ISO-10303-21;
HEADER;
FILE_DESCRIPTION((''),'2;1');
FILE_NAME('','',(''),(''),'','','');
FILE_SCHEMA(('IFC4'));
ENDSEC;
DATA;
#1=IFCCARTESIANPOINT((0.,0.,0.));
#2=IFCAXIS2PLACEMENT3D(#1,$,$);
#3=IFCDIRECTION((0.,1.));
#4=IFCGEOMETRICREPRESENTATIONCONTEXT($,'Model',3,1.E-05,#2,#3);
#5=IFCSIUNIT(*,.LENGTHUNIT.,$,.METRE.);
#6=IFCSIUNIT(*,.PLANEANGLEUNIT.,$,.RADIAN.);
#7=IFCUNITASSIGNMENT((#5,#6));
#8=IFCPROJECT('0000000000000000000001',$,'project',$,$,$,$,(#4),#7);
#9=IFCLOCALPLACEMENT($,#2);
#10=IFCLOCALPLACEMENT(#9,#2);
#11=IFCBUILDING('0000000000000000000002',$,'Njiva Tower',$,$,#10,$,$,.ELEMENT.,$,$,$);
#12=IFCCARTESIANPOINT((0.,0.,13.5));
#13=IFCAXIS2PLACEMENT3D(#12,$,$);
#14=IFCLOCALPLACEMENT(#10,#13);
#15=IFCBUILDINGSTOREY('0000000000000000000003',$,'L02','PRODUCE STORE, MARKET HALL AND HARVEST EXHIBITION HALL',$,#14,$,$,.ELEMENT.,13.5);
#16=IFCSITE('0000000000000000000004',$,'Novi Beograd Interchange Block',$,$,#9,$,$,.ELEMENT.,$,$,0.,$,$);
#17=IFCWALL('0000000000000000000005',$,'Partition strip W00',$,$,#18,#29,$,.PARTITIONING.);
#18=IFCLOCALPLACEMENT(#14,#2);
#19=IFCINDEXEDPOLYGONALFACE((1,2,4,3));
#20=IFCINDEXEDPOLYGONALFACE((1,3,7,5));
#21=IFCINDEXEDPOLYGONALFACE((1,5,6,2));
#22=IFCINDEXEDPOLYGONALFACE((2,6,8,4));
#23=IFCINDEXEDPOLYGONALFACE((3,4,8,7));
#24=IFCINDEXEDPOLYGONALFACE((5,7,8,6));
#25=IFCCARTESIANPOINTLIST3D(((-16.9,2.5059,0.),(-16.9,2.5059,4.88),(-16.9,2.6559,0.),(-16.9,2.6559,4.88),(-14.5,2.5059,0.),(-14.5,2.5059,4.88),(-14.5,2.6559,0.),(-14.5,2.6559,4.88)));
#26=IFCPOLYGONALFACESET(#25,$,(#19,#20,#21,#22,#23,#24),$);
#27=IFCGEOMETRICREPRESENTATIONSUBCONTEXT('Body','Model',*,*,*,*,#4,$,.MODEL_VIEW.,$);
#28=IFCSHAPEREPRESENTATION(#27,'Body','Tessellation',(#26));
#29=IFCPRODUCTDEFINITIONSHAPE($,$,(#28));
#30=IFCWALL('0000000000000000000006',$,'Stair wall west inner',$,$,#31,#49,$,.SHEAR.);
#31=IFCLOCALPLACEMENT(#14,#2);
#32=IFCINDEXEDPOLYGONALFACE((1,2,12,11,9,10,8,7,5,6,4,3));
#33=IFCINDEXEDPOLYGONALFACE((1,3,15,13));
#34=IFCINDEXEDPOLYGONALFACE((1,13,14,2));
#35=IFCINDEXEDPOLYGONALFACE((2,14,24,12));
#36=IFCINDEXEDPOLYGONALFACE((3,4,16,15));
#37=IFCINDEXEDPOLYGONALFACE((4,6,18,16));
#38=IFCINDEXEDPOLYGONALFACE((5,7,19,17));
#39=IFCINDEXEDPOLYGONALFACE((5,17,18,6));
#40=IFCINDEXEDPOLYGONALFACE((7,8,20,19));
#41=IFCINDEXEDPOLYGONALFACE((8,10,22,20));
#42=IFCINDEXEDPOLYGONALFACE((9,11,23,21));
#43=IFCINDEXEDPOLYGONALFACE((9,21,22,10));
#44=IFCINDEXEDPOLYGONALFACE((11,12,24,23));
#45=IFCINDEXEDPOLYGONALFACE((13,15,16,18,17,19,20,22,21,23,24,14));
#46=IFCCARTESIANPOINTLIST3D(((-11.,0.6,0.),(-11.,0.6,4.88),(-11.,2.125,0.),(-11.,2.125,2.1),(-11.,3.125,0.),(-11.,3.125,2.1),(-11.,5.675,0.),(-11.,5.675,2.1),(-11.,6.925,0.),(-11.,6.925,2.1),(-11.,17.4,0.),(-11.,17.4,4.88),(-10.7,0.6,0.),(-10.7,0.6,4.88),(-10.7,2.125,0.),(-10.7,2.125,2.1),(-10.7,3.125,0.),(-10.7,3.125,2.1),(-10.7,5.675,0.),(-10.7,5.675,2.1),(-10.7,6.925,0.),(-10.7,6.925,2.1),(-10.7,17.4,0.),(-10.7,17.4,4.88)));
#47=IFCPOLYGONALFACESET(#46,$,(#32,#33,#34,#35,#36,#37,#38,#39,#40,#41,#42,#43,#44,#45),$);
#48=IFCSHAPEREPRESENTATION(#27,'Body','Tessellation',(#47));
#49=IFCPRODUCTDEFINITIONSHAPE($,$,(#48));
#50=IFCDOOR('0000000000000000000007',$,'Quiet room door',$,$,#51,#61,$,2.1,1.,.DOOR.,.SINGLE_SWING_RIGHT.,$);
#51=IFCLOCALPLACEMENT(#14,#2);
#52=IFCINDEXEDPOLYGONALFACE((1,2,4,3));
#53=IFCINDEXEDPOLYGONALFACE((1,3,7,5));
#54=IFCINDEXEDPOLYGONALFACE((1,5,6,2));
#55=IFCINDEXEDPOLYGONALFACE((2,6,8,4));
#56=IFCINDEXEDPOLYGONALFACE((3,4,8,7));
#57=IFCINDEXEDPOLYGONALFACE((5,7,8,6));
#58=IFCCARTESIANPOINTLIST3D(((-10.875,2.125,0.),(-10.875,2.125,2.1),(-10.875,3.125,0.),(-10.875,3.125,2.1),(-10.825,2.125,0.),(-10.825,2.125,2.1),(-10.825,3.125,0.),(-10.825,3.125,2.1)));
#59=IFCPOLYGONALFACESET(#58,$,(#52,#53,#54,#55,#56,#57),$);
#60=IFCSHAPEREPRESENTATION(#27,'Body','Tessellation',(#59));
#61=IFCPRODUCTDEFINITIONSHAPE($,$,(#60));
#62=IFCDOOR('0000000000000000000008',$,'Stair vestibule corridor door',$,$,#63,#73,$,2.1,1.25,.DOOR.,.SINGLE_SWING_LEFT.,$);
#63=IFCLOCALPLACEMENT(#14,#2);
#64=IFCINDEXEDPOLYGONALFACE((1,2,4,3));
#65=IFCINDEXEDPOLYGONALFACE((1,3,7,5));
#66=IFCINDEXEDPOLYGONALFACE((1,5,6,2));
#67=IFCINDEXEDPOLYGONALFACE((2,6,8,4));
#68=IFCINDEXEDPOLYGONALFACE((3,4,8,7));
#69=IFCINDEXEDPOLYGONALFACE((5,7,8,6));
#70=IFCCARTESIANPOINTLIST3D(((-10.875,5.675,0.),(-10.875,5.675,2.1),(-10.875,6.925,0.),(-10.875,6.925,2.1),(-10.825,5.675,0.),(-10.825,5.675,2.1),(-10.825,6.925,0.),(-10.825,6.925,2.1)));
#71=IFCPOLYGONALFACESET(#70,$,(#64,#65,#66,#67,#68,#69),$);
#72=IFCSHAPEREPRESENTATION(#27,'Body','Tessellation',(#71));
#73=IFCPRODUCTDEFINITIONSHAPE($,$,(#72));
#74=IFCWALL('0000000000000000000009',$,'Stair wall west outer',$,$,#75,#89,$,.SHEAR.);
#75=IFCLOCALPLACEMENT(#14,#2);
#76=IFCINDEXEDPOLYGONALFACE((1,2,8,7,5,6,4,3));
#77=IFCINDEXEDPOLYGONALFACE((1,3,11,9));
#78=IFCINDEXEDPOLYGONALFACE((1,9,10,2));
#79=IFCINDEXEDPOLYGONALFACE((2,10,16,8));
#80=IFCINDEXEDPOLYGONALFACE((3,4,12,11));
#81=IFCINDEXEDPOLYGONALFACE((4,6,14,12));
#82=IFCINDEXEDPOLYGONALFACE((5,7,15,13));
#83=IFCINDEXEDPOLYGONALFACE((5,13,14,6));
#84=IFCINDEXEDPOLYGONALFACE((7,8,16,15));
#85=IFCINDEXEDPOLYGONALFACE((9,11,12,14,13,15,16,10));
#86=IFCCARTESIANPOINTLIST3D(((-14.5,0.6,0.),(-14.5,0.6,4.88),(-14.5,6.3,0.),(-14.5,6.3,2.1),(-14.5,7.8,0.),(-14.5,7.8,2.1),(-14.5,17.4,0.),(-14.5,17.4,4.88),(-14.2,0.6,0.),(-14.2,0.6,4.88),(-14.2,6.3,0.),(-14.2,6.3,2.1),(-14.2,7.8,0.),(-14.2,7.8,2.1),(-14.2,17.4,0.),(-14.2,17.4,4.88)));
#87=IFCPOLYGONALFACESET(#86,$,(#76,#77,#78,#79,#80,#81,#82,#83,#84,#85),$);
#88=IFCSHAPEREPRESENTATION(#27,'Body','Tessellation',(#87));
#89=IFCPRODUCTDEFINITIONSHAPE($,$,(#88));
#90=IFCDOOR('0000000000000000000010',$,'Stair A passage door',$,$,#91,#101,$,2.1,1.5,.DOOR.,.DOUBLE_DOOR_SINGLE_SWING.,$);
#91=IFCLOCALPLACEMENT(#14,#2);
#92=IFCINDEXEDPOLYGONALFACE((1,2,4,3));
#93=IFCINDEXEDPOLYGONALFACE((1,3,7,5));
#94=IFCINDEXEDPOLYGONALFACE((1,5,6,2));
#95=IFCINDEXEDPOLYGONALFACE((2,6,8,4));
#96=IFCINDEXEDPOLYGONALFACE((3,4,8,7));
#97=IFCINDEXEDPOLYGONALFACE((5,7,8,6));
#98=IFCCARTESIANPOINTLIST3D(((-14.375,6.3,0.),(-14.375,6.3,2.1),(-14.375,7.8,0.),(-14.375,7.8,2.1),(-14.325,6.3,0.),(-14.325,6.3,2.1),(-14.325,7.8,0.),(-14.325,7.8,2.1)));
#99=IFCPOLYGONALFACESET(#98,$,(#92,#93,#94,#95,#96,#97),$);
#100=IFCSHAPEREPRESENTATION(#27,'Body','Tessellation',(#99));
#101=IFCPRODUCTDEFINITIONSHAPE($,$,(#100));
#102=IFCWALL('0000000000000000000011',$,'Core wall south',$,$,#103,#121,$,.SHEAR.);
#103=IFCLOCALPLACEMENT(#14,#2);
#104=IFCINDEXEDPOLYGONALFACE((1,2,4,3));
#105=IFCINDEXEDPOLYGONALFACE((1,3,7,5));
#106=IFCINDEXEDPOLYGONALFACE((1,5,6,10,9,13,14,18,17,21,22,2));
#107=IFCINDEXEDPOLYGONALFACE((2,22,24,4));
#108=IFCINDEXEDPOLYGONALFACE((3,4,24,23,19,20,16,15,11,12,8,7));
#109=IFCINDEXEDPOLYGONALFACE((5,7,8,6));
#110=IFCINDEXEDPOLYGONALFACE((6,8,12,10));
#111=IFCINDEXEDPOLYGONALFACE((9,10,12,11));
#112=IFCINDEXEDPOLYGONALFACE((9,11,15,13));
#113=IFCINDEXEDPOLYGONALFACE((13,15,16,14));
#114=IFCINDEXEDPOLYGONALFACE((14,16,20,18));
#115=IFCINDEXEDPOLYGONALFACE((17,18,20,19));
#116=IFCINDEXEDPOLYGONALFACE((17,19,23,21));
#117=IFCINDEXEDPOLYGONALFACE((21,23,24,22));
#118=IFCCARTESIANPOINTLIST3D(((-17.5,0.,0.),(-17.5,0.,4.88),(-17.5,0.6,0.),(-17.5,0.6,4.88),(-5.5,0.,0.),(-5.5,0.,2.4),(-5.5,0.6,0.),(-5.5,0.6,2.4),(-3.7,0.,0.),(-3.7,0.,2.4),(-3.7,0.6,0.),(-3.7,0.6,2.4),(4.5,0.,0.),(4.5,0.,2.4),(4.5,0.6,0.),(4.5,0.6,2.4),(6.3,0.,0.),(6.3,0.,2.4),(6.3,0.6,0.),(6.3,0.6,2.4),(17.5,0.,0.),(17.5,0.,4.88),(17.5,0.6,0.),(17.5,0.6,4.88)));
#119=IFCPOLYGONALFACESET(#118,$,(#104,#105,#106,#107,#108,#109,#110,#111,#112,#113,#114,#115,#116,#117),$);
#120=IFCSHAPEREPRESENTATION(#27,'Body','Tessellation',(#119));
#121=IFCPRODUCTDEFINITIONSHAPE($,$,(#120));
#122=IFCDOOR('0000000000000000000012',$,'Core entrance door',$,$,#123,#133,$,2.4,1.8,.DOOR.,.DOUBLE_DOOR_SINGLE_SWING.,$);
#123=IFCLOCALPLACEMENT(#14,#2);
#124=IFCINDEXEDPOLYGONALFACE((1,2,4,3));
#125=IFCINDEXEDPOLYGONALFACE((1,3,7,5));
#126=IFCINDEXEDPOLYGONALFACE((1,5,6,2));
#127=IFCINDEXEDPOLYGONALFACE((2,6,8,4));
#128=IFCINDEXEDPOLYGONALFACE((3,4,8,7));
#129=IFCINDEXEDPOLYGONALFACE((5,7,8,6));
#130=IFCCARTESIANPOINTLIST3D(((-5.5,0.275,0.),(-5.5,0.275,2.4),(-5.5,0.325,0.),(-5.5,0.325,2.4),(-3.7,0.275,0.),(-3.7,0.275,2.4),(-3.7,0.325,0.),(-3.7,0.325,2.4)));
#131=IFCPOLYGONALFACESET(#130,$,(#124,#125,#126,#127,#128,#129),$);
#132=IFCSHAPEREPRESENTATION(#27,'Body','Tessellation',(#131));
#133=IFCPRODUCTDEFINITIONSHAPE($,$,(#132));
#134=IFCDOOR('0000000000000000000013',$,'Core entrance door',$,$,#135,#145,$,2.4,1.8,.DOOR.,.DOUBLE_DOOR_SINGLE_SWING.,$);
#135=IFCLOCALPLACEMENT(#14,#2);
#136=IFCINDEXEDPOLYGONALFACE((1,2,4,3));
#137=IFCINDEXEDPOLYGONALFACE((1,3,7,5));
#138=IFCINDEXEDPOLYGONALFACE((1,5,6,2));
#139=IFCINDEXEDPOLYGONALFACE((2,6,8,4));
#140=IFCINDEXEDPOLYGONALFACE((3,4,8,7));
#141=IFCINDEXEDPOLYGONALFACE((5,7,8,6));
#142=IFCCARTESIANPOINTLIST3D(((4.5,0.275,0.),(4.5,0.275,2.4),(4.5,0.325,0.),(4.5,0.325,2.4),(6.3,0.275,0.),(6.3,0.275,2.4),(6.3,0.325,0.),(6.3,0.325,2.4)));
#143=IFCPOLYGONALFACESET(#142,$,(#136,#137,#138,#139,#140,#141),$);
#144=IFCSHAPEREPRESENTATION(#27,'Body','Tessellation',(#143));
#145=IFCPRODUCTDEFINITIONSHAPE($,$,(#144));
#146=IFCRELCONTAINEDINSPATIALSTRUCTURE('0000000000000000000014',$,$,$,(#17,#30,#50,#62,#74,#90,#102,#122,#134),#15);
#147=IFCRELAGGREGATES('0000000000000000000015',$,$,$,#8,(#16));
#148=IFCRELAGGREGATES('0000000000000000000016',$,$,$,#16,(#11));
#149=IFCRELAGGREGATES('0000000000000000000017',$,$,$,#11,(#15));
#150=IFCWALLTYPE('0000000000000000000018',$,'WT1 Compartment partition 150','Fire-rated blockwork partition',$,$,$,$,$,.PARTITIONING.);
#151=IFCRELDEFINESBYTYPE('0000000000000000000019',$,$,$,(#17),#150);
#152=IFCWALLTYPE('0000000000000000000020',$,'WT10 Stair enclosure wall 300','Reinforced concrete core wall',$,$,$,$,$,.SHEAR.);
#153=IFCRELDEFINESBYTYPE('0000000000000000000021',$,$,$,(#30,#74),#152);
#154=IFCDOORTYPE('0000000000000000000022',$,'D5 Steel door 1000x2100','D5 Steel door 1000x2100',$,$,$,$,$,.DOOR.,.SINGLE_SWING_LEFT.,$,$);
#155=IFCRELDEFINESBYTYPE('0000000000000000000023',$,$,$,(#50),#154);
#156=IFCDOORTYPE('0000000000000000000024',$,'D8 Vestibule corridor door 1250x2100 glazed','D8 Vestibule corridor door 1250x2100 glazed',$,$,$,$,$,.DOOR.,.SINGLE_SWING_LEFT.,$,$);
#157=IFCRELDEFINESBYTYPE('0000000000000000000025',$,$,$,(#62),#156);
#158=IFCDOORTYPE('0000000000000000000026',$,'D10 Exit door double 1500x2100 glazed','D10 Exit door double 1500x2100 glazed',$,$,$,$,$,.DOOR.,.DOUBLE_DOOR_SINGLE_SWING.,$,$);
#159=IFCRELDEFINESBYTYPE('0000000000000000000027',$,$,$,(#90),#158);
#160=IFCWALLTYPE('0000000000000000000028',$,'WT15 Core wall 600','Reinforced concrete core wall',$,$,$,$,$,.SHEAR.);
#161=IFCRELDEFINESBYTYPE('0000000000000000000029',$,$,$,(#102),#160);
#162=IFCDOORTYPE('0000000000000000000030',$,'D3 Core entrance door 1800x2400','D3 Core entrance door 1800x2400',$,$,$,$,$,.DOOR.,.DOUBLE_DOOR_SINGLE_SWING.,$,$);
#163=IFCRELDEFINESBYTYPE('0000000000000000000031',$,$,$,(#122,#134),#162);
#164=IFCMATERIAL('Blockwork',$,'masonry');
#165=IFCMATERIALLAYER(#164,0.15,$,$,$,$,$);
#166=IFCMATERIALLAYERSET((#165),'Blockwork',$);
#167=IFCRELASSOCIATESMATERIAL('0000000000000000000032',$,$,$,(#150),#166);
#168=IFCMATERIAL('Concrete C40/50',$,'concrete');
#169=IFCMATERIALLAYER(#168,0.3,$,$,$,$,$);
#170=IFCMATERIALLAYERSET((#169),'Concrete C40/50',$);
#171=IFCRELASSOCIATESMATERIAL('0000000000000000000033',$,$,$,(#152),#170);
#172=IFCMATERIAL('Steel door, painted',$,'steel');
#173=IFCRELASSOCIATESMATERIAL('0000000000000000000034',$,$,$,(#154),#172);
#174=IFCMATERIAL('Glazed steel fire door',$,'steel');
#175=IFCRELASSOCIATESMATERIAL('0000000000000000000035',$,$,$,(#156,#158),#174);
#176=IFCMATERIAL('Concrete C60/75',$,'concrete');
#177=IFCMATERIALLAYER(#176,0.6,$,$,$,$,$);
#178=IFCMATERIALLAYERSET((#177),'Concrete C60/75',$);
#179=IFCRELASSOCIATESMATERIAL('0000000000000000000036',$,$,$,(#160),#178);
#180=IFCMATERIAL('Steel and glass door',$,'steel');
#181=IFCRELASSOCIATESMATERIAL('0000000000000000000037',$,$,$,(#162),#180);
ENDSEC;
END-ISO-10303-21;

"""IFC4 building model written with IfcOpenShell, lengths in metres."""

from ifc_helpers import new_model, si_unit, direction, frame, frame_2d, origin, place, context, subcontext, project, spatial, rectangle, extrude, material, layer, layer_set, type_object, element, fill, save


model = new_model("IFC4")

# Units and contexts
model_context = context("Model", 3, precision=1e-05, world=origin(), true_north=direction((0.0, 1.0)))
body_context = subcontext(model_context, "Body", "Model", "MODEL_VIEW")
ifc_project = project(units=[si_unit("LENGTHUNIT", "METRE"), si_unit("PLANEANGLEUNIT", "RADIAN")], contexts=[model_context])

# Site, building, storey
site_placement = place(None, origin())
site = spatial("IfcSite", under=ifc_project, at=site_placement, Name="Novi Beograd Interchange Block", CompositionType="ELEMENT", RefElevation=0.0)
building_placement = place(site_placement, origin())
building = spatial("IfcBuilding", under=site, at=building_placement, Name="Njiva Tower", CompositionType="ELEMENT")
storey_placement = place(building_placement, frame((0.0, 0.0, 13.5)))
storey = spatial("IfcBuildingStorey", under=building, at=storey_placement, Name="L02", Description="PRODUCE STORE, MARKET HALL AND HARVEST EXHIBITION HALL", CompositionType="ELEMENT", Elevation=13.5)

# Wall
ifc_material_1 = material(Name="Blockwork", Category="masonry")
ifc_layer_1 = layer(ifc_material_1, 0.15)
ifc_layer_set_1 = layer_set([ifc_layer_1], Name="Blockwork")
wall_type_1 = type_object("IfcWallType", Name="WT1 Compartment partition 150", Description="Fire-rated blockwork partition", PredefinedType="PARTITIONING", material=ifc_layer_set_1)
wall_1_placement = place(storey_placement, frame((-16.9, 2.5809, 0.0), z_axis=(0.0, 0.0, 1.0), x_axis=(1.0, 0.0, 0.0)))
element("IfcWall", 1, at=wall_1_placement, inside=storey, type_object=wall_type_1, Name="Partition strip W00", PredefinedType="PARTITIONING", context=body_context, shape_type="SweptSolid", body=[
    extrude(rectangle(XDim=2.4, YDim=0.15, at=frame_2d((1.2, 0.0))), origin(), (0.0, 0.0, 1.0), 4.88),
])

# Wall, openings, doors
ifc_material_2 = material(Name="Concrete C40/50", Category="concrete")
ifc_layer_2 = layer(ifc_material_2, 0.3)
ifc_layer_set_2 = layer_set([ifc_layer_2], Name="Concrete C40/50")
wall_type_2 = type_object("IfcWallType", Name="WT10 Stair enclosure wall 300", Description="Reinforced concrete core wall", PredefinedType="SHEAR", material=ifc_layer_set_2)
wall_2_placement = place(storey_placement, frame((-10.85, 0.6, 0.0), z_axis=(0.0, 0.0, 1.0), x_axis=(0.0, 1.0, 0.0)))
wall_2 = element("IfcWall", 2, at=wall_2_placement, inside=storey, type_object=wall_type_2, Name="Stair wall west inner", PredefinedType="SHEAR", context=body_context, shape_type="SweptSolid", body=[
    extrude(rectangle(XDim=16.8, YDim=0.3, at=frame_2d((8.4, 0.0))), origin(), (0.0, 0.0, 1.0), 4.88),
])
opening_1_placement = place(wall_2_placement, frame((5.075, 0.0, 0.0)))
opening_1 = element("IfcOpeningElement", 3, at=opening_1_placement, cuts=wall_2, PredefinedType="OPENING", context=body_context, shape_type="SweptSolid", body=[
    extrude(rectangle(XDim=1.25, YDim=2.1, at=frame_2d((0.625, 1.05))), frame((0.0, 0.16, 0.0), z_axis=(0.0, -1.0, 0.0), x_axis=(1.0, 0.0, 0.0)), (0.0, 0.0, 1.0), 0.32),
])
opening_2_placement = place(wall_2_placement, frame((1.525, 0.0, 0.0)))
opening_2 = element("IfcOpeningElement", 4, at=opening_2_placement, cuts=wall_2, PredefinedType="OPENING", context=body_context, shape_type="SweptSolid", body=[
    extrude(rectangle(XDim=1.0, YDim=2.1, at=frame_2d((0.5, 1.05))), frame((0.0, 0.16, 0.0), z_axis=(0.0, -1.0, 0.0), x_axis=(1.0, 0.0, 0.0)), (0.0, 0.0, 1.0), 0.32),
])
ifc_material_3 = material(Name="Steel door, painted", Category="steel")
door_type_1 = type_object("IfcDoorType", Name="D5 Steel door 1000x2100", Description="D5 Steel door 1000x2100", OperationType="SINGLE_SWING_LEFT", PredefinedType="DOOR", material=ifc_material_3)
door_1_placement = place(opening_2_placement, origin())
door_1 = element("IfcDoor", 5, at=door_1_placement, inside=storey, type_object=door_type_1, Name="Quiet room door", OperationType="SINGLE_SWING_RIGHT", OverallHeight=2.1, OverallWidth=1.0, PredefinedType="DOOR", context=body_context, shape_type="SweptSolid", body=[
    extrude(rectangle(XDim=1.0, YDim=2.1, at=frame_2d((0.5, 1.05))), frame((0.0, 0.025, 0.0), z_axis=(0.0, -1.0, 0.0), x_axis=(1.0, 0.0, 0.0)), (0.0, 0.0, 1.0), 0.05),
])
fill(opening_2, door_1)
ifc_material_4 = material(Name="Glazed steel fire door", Category="steel")
door_type_2 = type_object("IfcDoorType", Name="D8 Vestibule corridor door 1250x2100 glazed", Description="D8 Vestibule corridor door 1250x2100 glazed", OperationType="SINGLE_SWING_LEFT", PredefinedType="DOOR", material=ifc_material_4)
door_2_placement = place(opening_1_placement, origin())
door_2 = element("IfcDoor", 6, at=door_2_placement, inside=storey, type_object=door_type_2, Name="Stair vestibule corridor door", OperationType="SINGLE_SWING_LEFT", OverallHeight=2.1, OverallWidth=1.25, PredefinedType="DOOR", context=body_context, shape_type="SweptSolid", body=[
    extrude(rectangle(XDim=1.25, YDim=2.1, at=frame_2d((0.625, 1.05))), frame((0.0, 0.025, 0.0), z_axis=(0.0, -1.0, 0.0), x_axis=(1.0, 0.0, 0.0)), (0.0, 0.0, 1.0), 0.05),
])
fill(opening_1, door_2)

# Wall, opening, door
wall_3_placement = place(storey_placement, frame((-14.35, 0.6, 0.0), z_axis=(0.0, 0.0, 1.0), x_axis=(0.0, 1.0, 0.0)))
wall_3 = element("IfcWall", 7, at=wall_3_placement, inside=storey, type_object=wall_type_2, Name="Stair wall west outer", PredefinedType="SHEAR", context=body_context, shape_type="SweptSolid", body=[
    extrude(rectangle(XDim=16.8, YDim=0.3, at=frame_2d((8.4, 0.0))), origin(), (0.0, 0.0, 1.0), 4.88),
])
opening_3_placement = place(wall_3_placement, frame((5.7, 0.0, 0.0)))
opening_3 = element("IfcOpeningElement", 8, at=opening_3_placement, cuts=wall_3, PredefinedType="OPENING", context=body_context, shape_type="SweptSolid", body=[
    extrude(rectangle(XDim=1.5, YDim=2.1, at=frame_2d((0.75, 1.05))), frame((0.0, 0.16, 0.0), z_axis=(0.0, -1.0, 0.0), x_axis=(1.0, 0.0, 0.0)), (0.0, 0.0, 1.0), 0.32),
])
door_type_3 = type_object("IfcDoorType", Name="D10 Exit door double 1500x2100 glazed", Description="D10 Exit door double 1500x2100 glazed", OperationType="DOUBLE_DOOR_SINGLE_SWING", PredefinedType="DOOR", material=ifc_material_4)
door_3_placement = place(opening_3_placement, origin())
door_3 = element("IfcDoor", 9, at=door_3_placement, inside=storey, type_object=door_type_3, Name="Stair A passage door", OperationType="DOUBLE_DOOR_SINGLE_SWING", OverallHeight=2.1, OverallWidth=1.5, PredefinedType="DOOR", context=body_context, shape_type="SweptSolid", body=[
    extrude(rectangle(XDim=1.5, YDim=2.1, at=frame_2d((0.75, 1.05))), frame((0.0, 0.025, 0.0), z_axis=(0.0, -1.0, 0.0), x_axis=(1.0, 0.0, 0.0)), (0.0, 0.0, 1.0), 0.05),
])
fill(opening_3, door_3)

# Wall, openings, doors
ifc_material_5 = material(Name="Concrete C60/75", Category="concrete")
ifc_layer_3 = layer(ifc_material_5, 0.6)
ifc_layer_set_3 = layer_set([ifc_layer_3], Name="Concrete C60/75")
wall_type_3 = type_object("IfcWallType", Name="WT15 Core wall 600", Description="Reinforced concrete core wall", PredefinedType="SHEAR", material=ifc_layer_set_3)
wall_4_placement = place(storey_placement, frame((-17.5, 0.3, 0.0), z_axis=(0.0, 0.0, 1.0), x_axis=(1.0, 0.0, 0.0)))
wall_4 = element("IfcWall", 10, at=wall_4_placement, inside=storey, type_object=wall_type_3, Name="Core wall south", PredefinedType="SHEAR", context=body_context, shape_type="SweptSolid", body=[
    extrude(rectangle(XDim=35.0, YDim=0.6, at=frame_2d((17.5, 0.0))), origin(), (0.0, 0.0, 1.0), 4.88),
])
opening_4_placement = place(wall_4_placement, frame((12.0, 0.0, 0.0)))
opening_4 = element("IfcOpeningElement", 11, at=opening_4_placement, cuts=wall_4, PredefinedType="OPENING", context=body_context, shape_type="SweptSolid", body=[
    extrude(rectangle(XDim=1.8, YDim=2.4, at=frame_2d((0.9, 1.2))), frame((0.0, 0.31, 0.0), z_axis=(0.0, -1.0, 0.0), x_axis=(1.0, 0.0, 0.0)), (0.0, 0.0, 1.0), 0.62),
])
opening_5_placement = place(wall_4_placement, frame((22.0, 0.0, 0.0)))
opening_5 = element("IfcOpeningElement", 12, at=opening_5_placement, cuts=wall_4, PredefinedType="OPENING", context=body_context, shape_type="SweptSolid", body=[
    extrude(rectangle(XDim=1.8, YDim=2.4, at=frame_2d((0.9, 1.2))), frame((0.0, 0.31, 0.0), z_axis=(0.0, -1.0, 0.0), x_axis=(1.0, 0.0, 0.0)), (0.0, 0.0, 1.0), 0.62),
])
ifc_material_6 = material(Name="Steel and glass door", Category="steel")
door_type_4 = type_object("IfcDoorType", Name="D3 Core entrance door 1800x2400", Description="D3 Core entrance door 1800x2400", OperationType="DOUBLE_DOOR_SINGLE_SWING", PredefinedType="DOOR", material=ifc_material_6)
door_4_placement = place(opening_4_placement, origin())
door_4 = element("IfcDoor", 13, at=door_4_placement, inside=storey, type_object=door_type_4, Name="Core entrance door", OperationType="DOUBLE_DOOR_SINGLE_SWING", OverallHeight=2.4, OverallWidth=1.8, PredefinedType="DOOR", context=body_context, shape_type="SweptSolid", body=[
    extrude(rectangle(XDim=1.8, YDim=2.4, at=frame_2d((0.9, 1.2))), frame((0.0, 0.025, 0.0), z_axis=(0.0, -1.0, 0.0), x_axis=(1.0, 0.0, 0.0)), (0.0, 0.0, 1.0), 0.05),
])
fill(opening_4, door_4)
door_5_placement = place(opening_5_placement, origin())
door_5 = element("IfcDoor", 14, at=door_5_placement, inside=storey, type_object=door_type_4, Name="Core entrance door", OperationType="DOUBLE_DOOR_SINGLE_SWING", OverallHeight=2.4, OverallWidth=1.8, PredefinedType="DOOR", context=body_context, shape_type="SweptSolid", body=[
    extrude(rectangle(XDim=1.8, YDim=2.4, at=frame_2d((0.9, 1.2))), frame((0.0, 0.025, 0.0), z_axis=(0.0, -1.0, 0.0), x_axis=(1.0, 0.0, 0.0)), (0.0, 0.0, 1.0), 0.05),
])
fill(opening_5, door_5)

save(model, "model.ifc")
